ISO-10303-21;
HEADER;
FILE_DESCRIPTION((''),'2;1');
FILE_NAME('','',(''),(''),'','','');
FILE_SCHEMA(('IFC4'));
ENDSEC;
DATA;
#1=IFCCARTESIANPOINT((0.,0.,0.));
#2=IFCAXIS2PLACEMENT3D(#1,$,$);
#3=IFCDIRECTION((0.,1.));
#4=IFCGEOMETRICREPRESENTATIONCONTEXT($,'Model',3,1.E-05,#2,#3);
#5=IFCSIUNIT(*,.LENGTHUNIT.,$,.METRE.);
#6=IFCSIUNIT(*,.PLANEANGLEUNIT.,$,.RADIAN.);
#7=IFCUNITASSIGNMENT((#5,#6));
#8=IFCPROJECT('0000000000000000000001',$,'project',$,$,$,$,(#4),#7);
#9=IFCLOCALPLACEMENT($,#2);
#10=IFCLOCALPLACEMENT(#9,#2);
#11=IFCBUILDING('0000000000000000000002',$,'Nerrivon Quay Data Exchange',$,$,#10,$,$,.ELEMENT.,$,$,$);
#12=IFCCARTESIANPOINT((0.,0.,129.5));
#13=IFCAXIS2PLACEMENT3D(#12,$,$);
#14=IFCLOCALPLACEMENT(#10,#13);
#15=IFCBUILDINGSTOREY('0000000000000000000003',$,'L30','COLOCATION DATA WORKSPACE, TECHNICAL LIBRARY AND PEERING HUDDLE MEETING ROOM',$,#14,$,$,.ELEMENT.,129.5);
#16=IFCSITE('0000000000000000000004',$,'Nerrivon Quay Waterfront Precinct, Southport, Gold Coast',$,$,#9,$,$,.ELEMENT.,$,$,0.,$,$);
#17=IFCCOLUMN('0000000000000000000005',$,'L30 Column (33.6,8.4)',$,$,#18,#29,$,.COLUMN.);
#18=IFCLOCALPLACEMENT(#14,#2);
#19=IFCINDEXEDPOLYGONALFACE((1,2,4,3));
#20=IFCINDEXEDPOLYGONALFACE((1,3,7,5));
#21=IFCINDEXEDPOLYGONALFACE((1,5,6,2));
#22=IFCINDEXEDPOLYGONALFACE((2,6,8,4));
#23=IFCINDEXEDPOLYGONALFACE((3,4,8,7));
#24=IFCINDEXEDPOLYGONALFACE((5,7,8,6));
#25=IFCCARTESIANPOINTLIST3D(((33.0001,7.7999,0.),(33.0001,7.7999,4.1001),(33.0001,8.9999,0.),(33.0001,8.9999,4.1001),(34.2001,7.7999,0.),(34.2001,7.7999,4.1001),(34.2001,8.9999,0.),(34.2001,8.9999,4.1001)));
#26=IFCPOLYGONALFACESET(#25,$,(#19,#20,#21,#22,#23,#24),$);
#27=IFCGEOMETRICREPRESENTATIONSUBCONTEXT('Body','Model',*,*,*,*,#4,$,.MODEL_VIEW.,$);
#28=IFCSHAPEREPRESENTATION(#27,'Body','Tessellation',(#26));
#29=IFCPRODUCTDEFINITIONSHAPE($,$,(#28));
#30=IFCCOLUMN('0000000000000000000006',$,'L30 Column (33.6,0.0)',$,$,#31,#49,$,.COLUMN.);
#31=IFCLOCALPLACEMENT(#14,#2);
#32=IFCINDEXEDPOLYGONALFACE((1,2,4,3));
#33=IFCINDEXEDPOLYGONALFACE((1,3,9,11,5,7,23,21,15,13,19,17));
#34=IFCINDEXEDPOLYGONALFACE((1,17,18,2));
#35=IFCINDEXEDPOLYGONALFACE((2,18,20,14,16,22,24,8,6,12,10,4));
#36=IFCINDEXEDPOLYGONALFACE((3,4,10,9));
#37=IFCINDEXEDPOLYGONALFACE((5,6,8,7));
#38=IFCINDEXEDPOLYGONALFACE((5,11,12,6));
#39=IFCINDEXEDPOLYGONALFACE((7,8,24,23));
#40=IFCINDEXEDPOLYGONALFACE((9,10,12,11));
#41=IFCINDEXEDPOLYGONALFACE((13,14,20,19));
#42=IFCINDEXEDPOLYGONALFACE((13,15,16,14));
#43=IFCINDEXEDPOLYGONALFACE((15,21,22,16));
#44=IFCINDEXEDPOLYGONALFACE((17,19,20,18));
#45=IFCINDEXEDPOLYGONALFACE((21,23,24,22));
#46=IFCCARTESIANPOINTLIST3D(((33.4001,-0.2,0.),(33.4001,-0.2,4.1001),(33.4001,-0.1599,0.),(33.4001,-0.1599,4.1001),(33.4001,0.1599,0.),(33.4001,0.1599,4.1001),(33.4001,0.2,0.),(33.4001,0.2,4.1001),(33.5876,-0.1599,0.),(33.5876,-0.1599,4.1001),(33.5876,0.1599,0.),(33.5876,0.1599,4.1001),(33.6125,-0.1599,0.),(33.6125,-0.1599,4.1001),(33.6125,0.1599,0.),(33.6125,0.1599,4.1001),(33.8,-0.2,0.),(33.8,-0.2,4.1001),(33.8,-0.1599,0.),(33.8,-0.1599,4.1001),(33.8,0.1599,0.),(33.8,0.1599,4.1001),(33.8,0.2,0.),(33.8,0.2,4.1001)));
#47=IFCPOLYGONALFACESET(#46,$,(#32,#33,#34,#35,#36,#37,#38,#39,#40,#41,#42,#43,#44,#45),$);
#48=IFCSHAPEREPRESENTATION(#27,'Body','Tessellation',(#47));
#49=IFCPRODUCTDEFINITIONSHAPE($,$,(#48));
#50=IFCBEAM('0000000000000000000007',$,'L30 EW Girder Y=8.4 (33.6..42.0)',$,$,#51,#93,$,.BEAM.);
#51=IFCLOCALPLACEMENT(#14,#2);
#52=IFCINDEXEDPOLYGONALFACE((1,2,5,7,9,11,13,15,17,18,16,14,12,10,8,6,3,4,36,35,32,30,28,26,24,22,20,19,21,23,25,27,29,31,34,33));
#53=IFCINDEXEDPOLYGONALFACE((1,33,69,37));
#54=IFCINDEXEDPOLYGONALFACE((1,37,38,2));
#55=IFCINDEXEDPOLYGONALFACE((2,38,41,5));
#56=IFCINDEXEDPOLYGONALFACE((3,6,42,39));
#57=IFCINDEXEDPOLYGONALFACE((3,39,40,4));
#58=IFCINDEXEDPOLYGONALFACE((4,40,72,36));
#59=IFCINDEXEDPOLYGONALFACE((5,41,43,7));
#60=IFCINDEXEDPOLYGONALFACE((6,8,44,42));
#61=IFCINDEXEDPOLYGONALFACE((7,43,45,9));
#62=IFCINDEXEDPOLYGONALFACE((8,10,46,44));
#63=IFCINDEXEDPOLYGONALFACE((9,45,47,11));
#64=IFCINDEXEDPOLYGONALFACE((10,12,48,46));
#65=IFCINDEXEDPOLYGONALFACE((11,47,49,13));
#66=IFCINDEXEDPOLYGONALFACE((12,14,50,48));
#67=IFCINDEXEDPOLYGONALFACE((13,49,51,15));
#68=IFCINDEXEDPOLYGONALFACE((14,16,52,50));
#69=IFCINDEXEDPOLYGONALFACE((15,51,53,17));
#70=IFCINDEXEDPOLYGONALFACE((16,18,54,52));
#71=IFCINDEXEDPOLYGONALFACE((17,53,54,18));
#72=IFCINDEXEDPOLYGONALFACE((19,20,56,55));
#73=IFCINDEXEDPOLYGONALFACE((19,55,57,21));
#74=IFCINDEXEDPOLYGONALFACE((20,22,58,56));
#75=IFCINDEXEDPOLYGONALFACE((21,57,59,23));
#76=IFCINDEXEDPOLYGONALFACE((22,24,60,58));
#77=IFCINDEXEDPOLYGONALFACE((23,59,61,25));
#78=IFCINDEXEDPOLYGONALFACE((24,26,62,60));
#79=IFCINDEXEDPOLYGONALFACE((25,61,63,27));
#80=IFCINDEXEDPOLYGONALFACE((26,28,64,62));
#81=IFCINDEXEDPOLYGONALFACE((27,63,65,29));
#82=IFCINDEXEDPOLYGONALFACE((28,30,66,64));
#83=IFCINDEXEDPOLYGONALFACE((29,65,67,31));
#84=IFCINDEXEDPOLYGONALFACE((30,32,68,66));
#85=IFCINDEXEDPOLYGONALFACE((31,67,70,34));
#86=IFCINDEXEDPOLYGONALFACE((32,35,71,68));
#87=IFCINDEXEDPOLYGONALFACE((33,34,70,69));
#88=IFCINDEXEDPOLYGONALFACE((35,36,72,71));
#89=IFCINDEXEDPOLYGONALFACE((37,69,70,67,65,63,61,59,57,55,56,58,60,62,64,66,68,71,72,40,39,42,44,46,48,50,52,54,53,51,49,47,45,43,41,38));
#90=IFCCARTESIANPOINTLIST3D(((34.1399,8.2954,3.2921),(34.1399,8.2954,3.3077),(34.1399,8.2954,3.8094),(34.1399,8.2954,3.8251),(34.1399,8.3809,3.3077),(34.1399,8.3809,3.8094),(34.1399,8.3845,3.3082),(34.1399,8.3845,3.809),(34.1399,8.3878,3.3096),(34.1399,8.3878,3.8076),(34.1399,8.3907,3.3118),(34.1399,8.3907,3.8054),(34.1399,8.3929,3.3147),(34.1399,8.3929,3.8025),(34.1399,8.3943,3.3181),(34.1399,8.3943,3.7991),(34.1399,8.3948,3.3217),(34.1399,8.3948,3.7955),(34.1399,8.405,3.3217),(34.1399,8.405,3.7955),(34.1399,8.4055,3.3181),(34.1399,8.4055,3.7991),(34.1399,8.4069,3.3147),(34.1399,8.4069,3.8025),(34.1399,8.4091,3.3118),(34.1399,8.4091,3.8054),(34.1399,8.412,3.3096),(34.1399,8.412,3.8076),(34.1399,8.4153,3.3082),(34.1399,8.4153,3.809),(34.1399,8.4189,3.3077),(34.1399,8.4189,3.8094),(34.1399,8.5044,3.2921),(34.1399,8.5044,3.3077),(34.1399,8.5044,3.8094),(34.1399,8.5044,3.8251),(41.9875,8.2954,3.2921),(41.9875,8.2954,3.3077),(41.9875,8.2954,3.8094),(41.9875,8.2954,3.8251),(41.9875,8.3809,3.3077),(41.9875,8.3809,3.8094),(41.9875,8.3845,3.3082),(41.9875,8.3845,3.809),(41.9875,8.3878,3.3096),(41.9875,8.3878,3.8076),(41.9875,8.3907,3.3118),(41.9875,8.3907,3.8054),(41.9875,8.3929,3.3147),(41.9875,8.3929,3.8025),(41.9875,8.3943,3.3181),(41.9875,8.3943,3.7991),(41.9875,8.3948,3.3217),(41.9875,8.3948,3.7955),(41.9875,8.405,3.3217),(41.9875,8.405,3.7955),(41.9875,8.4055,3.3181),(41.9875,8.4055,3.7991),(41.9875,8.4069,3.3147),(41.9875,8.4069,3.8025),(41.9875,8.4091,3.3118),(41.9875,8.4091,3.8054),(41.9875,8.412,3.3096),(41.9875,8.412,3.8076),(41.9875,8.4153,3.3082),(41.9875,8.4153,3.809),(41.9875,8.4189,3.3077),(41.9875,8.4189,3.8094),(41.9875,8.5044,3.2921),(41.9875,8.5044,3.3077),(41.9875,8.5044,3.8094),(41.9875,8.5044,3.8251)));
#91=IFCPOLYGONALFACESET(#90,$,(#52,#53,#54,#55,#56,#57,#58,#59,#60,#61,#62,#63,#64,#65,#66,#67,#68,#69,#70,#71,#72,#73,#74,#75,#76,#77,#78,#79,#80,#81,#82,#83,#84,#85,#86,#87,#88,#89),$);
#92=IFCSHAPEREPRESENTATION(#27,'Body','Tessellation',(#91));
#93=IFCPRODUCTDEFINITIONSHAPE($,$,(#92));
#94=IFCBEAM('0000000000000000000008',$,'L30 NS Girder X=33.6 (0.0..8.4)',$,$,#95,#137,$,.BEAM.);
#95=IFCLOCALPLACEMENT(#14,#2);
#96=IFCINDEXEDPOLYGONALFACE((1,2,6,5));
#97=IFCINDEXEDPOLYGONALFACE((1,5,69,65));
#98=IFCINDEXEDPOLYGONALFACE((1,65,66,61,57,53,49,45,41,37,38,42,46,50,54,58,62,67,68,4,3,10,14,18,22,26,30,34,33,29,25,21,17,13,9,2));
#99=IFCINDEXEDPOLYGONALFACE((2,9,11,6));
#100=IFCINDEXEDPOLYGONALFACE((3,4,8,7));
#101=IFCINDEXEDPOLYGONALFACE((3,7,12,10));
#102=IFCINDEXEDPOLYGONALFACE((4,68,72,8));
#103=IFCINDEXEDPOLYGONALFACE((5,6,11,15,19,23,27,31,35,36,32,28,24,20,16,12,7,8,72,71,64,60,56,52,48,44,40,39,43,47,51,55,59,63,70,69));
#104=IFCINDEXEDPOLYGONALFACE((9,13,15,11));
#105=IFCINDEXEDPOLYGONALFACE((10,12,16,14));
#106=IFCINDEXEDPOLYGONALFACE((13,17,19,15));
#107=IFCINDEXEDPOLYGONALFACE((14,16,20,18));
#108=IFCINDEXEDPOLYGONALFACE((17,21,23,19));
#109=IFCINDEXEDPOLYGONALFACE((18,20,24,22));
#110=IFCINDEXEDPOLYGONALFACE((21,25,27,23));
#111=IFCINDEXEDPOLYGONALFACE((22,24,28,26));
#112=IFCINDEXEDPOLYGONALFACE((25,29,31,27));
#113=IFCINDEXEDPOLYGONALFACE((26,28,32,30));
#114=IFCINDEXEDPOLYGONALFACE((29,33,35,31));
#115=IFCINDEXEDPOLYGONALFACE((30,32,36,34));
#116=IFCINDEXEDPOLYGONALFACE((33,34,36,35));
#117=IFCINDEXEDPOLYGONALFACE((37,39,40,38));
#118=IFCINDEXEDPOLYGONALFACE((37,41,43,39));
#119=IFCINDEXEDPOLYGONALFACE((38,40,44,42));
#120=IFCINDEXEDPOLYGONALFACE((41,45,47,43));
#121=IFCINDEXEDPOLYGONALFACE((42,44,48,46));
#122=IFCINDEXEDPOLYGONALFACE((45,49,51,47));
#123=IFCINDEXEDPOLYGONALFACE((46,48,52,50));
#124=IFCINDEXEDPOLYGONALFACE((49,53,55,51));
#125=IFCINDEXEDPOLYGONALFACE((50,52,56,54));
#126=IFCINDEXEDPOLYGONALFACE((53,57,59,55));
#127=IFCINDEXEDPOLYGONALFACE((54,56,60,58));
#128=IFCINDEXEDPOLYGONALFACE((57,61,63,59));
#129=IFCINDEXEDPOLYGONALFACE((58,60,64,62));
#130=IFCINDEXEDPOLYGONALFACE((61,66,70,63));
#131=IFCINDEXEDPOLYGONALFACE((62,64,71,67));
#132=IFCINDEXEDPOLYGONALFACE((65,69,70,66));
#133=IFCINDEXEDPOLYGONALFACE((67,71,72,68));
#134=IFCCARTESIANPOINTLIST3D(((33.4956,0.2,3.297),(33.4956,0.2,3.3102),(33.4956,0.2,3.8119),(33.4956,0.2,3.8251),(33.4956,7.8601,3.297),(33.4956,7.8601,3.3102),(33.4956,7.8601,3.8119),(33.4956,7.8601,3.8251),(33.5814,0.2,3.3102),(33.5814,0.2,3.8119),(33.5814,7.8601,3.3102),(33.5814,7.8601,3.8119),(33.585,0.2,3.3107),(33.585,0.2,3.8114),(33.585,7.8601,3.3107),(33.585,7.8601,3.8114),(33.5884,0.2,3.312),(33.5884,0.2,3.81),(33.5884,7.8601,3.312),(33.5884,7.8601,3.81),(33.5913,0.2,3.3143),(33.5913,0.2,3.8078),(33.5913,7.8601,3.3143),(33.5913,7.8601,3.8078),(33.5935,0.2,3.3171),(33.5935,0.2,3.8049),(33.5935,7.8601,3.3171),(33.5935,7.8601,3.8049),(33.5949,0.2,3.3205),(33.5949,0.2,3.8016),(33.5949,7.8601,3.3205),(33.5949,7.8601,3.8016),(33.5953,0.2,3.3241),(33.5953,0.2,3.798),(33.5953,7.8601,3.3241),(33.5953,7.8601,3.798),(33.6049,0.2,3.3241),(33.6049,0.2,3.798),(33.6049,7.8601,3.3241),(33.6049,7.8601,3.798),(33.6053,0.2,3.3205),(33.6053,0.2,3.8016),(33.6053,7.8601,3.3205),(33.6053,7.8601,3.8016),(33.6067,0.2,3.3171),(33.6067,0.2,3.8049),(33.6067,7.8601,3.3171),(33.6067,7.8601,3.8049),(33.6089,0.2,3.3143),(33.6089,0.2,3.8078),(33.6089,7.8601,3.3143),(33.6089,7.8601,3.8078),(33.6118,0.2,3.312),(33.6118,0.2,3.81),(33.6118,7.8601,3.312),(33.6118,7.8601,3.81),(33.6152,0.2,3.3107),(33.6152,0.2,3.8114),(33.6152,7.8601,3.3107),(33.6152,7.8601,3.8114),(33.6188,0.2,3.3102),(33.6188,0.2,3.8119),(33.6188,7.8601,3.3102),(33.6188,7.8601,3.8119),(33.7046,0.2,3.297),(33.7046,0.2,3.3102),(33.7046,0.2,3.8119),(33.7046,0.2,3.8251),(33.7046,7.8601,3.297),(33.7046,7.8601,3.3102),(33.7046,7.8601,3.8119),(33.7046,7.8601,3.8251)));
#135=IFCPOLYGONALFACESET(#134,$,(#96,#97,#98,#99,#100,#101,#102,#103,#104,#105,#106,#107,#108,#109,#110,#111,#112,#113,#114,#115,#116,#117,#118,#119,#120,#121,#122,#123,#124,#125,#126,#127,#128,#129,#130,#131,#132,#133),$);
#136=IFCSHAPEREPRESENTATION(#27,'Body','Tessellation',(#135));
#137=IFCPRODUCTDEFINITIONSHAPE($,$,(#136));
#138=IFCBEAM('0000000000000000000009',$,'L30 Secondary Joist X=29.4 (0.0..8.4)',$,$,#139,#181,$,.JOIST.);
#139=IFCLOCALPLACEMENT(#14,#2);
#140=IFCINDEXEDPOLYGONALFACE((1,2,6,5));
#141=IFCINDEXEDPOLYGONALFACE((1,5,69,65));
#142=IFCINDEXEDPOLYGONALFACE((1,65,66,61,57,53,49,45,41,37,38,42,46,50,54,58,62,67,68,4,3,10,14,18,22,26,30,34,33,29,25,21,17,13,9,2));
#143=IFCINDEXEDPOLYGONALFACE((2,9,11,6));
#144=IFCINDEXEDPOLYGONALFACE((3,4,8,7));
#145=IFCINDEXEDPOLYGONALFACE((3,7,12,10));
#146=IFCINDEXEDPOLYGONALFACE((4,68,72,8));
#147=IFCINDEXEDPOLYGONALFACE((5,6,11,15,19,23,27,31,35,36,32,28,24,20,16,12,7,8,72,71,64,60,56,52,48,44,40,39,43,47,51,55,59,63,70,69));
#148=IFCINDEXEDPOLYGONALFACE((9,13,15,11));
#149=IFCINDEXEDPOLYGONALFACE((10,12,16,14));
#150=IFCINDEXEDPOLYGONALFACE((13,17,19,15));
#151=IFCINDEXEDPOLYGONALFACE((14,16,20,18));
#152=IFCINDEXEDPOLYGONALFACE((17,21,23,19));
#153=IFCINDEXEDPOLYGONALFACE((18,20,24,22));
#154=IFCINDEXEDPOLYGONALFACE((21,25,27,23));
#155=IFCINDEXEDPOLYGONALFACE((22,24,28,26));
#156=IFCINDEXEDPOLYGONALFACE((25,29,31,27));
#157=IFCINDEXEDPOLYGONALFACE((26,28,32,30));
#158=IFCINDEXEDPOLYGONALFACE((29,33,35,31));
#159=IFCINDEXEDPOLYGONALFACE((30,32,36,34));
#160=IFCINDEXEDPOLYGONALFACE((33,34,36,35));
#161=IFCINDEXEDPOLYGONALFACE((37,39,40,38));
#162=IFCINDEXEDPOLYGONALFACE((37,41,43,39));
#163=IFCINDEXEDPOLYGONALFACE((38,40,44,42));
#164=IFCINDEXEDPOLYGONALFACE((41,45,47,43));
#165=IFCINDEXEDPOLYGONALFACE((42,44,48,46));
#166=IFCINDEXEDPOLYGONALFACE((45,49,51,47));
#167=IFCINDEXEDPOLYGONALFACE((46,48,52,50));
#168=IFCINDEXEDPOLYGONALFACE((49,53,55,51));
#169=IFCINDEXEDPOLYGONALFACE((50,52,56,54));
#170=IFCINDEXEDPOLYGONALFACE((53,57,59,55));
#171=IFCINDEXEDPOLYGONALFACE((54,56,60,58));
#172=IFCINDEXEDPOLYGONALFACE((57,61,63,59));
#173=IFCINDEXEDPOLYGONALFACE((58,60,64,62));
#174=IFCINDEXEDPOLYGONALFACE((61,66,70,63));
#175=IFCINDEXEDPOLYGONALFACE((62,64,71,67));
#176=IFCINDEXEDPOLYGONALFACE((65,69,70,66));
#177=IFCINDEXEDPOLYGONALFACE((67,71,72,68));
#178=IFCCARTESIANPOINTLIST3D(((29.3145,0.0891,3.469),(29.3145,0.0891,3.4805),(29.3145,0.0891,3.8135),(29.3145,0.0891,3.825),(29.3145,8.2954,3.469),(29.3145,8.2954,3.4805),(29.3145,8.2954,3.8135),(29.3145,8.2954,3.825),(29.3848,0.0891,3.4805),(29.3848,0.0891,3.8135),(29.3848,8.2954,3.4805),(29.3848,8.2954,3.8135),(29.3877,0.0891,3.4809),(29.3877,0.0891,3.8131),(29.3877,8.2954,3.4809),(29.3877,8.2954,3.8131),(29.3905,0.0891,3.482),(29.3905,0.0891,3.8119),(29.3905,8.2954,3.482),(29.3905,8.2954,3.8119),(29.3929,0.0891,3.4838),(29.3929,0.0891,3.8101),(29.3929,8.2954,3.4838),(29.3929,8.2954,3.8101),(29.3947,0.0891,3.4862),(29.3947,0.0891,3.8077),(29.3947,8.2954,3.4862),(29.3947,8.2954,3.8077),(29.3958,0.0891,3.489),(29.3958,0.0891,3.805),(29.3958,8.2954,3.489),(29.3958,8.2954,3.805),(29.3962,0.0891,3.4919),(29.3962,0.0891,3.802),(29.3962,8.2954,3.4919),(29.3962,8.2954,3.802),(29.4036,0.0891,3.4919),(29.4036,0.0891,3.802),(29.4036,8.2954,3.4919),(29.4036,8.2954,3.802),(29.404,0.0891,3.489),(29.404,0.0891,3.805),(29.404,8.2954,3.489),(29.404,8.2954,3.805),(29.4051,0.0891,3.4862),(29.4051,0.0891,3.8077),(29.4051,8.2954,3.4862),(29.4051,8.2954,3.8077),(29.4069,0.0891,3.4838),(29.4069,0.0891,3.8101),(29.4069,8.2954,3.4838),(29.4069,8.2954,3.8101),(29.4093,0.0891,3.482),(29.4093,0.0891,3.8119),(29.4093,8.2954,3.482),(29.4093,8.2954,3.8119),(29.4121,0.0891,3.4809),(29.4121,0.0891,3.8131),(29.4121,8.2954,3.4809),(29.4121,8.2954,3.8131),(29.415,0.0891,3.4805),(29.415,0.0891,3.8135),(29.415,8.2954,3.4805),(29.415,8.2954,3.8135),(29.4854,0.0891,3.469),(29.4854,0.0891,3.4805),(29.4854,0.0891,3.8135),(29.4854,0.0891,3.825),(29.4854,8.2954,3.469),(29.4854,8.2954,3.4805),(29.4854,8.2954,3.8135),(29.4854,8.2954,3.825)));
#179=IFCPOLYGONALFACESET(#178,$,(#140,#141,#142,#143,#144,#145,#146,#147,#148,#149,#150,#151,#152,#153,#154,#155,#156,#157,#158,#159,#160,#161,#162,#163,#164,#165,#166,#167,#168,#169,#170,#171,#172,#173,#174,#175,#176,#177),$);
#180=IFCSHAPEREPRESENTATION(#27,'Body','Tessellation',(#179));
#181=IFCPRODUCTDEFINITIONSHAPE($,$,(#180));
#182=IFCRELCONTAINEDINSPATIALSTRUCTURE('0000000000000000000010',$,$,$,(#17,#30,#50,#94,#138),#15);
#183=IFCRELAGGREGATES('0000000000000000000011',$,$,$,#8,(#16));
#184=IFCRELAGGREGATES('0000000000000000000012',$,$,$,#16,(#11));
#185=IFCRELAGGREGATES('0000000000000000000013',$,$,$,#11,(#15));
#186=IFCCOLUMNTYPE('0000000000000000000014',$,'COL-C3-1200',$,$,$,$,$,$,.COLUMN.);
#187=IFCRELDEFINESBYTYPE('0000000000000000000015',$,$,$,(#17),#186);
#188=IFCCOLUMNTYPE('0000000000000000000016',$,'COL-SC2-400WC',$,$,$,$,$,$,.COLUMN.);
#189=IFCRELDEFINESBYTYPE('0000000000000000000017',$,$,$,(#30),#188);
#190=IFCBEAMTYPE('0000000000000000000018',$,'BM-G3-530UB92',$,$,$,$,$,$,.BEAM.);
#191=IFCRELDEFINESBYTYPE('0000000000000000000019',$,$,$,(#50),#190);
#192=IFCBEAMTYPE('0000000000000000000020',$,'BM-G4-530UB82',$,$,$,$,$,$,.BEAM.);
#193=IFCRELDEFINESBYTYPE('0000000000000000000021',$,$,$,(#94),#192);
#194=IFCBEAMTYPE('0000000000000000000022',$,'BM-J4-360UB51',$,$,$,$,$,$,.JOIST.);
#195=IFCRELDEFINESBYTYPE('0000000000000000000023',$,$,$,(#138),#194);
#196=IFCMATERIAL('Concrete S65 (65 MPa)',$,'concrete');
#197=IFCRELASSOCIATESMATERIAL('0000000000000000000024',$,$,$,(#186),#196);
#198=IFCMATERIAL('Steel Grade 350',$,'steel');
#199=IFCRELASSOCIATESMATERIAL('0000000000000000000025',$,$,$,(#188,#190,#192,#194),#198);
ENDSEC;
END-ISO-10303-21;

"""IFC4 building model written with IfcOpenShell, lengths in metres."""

from ifc_helpers import new_model, si_unit, direction, frame, origin, origin_2d, place, context, subcontext, project, spatial, rectangle, i_section, extrude, material, material_profile, profile_set, type_object, element, save


model = new_model("IFC4")

# Units and contexts
model_context = context("Model", 3, precision=1e-05, world=origin(), true_north=direction((0.0, 1.0)))
body_context = subcontext(model_context, "Body", "Model", "MODEL_VIEW")
ifc_project = project(units=[si_unit("LENGTHUNIT", "METRE"), si_unit("PLANEANGLEUNIT", "RADIAN")], contexts=[model_context])

# Site, building, storey
site_placement = place(None, origin())
site = spatial("IfcSite", under=ifc_project, at=site_placement, Name="Nerrivon Quay Waterfront Precinct, Southport, Gold Coast", CompositionType="ELEMENT", RefElevation=0.0)
building_placement = place(site_placement, origin())
building = spatial("IfcBuilding", under=site, at=building_placement, Name="Nerrivon Quay Data Exchange", CompositionType="ELEMENT")
storey_placement = place(building_placement, frame((0.0, 0.0, 129.5)))
storey = spatial("IfcBuildingStorey", under=building, at=storey_placement, Name="L30", Description="COLOCATION DATA WORKSPACE, TECHNICAL LIBRARY AND PEERING HUDDLE MEETING ROOM", CompositionType="ELEMENT", Elevation=129.5)

# Columns
ifc_material_1 = material(Name="Concrete S65 (65 MPa)", Category="concrete")
ifc_material_profile_1 = material_profile(ifc_material_1, rectangle(XDim=1.2, YDim=1.2, at=origin_2d()), Name="RC-COL-1200x1200")
ifc_profile_set_1 = profile_set([ifc_material_profile_1], Name="Concrete S65 (65 MPa)")
column_type_1 = type_object("IfcColumnType", Name="COL-C3-1200", PredefinedType="COLUMN", material=ifc_profile_set_1)
column_1_placement = place(storey_placement, frame((33.6001, 8.3999, 0.0), z_axis=(0.0, 0.0, 1.0), x_axis=(1.0, 0.0, 0.0)))
element("IfcColumn", 1, at=column_1_placement, inside=storey, type_object=column_type_1, Name="L30 Column (33.6,8.4)", PredefinedType="COLUMN", context=body_context, shape_type="SweptSolid", body=[
    extrude(rectangle(XDim=1.2, YDim=1.2, at=origin_2d()), origin(), (0.0, 0.0, 1.0), 4.1001),
])
ifc_material_2 = material(Name="Steel Grade 350", Category="steel")
ifc_material_profile_2 = material_profile(ifc_material_2, i_section(OverallWidth=0.3999, OverallDepth=0.3999, WebThickness=0.0249, FlangeThickness=0.04, at=origin_2d()), Name="400WC328")
ifc_profile_set_2 = profile_set([ifc_material_profile_2], Name="Steel Grade 350")
column_type_2 = type_object("IfcColumnType", Name="COL-SC2-400WC", PredefinedType="COLUMN", material=ifc_profile_set_2)
column_2_placement = place(storey_placement, frame((33.6001, 0.0, 0.0), z_axis=(0.0, 0.0, 1.0), x_axis=(1.0, 0.0, 0.0)))
element("IfcColumn", 2, at=column_2_placement, inside=storey, type_object=column_type_2, Name="L30 Column (33.6,0.0)", PredefinedType="COLUMN", context=body_context, shape_type="SweptSolid", body=[
    extrude(i_section(OverallWidth=0.3999, OverallDepth=0.3999, WebThickness=0.0249, FlangeThickness=0.04, at=origin_2d()), origin(), (0.0, 0.0, 1.0), 4.1001),
])

# Beams
ifc_material_profile_3 = material_profile(ifc_material_2, i_section(OverallWidth=0.209, OverallDepth=0.533, WebThickness=0.0103, FlangeThickness=0.0156, FilletRadius=0.0139, at=origin_2d()), Name="530UB92.4")
ifc_profile_set_3 = profile_set([ifc_material_profile_3], Name="Steel Grade 350")
beam_type_1 = type_object("IfcBeamType", Name="BM-G3-530UB92", PredefinedType="BEAM", material=ifc_profile_set_3)
beam_1_placement = place(storey_placement, frame((34.1399, 8.3999, 3.5586), z_axis=(1.0, 0.0, 0.0), x_axis=(0.0, 1.0, 0.0)))
element("IfcBeam", 3, at=beam_1_placement, inside=storey, type_object=beam_type_1, Name="L30 EW Girder Y=8.4 (33.6..42.0)", PredefinedType="BEAM", context=body_context, shape_type="SweptSolid", body=[
    extrude(i_section(OverallWidth=0.209, OverallDepth=0.533, WebThickness=0.0103, FlangeThickness=0.0156, FilletRadius=0.0139, at=origin_2d()), origin(), (0.0, 0.0, 1.0), 7.8477),
])
ifc_material_profile_4 = material_profile(ifc_material_2, i_section(OverallWidth=0.209, OverallDepth=0.5281, WebThickness=0.0095, FlangeThickness=0.0132, FilletRadius=0.0139, at=origin_2d()), Name="530UB82.0")
ifc_profile_set_4 = profile_set([ifc_material_profile_4], Name="Steel Grade 350")
beam_type_2 = type_object("IfcBeamType", Name="BM-G4-530UB82", PredefinedType="BEAM", material=ifc_profile_set_4)
beam_2_placement = place(storey_placement, frame((33.6001, 0.2, 3.561), z_axis=(0.0, 1.0, 0.0), x_axis=(-1.0, 0.0, 0.0)))
element("IfcBeam", 4, at=beam_2_placement, inside=storey, type_object=beam_type_2, Name="L30 NS Girder X=33.6 (0.0..8.4)", PredefinedType="BEAM", context=body_context, shape_type="SweptSolid", body=[
    extrude(i_section(OverallWidth=0.209, OverallDepth=0.5281, WebThickness=0.0095, FlangeThickness=0.0132, FilletRadius=0.0139, at=origin_2d()), origin(), (0.0, 0.0, 1.0), 7.6602),
])
ifc_material_profile_5 = material_profile(ifc_material_2, i_section(OverallWidth=0.1709, OverallDepth=0.356, WebThickness=0.0073, FlangeThickness=0.0115, FilletRadius=0.0115, at=origin_2d()), Name="360UB50.7")
ifc_profile_set_5 = profile_set([ifc_material_profile_5], Name="Steel Grade 350")
beam_type_3 = type_object("IfcBeamType", Name="BM-J4-360UB51", PredefinedType="JOIST", material=ifc_profile_set_5)
beam_3_placement = place(storey_placement, frame((29.3999, 0.0891, 3.647), z_axis=(0.0, 1.0, 0.0), x_axis=(-1.0, 0.0, 0.0)))
element("IfcBeam", 5, at=beam_3_placement, inside=storey, type_object=beam_type_3, Name="L30 Secondary Joist X=29.4 (0.0..8.4)", PredefinedType="JOIST", context=body_context, shape_type="SweptSolid", body=[
    extrude(i_section(OverallWidth=0.1709, OverallDepth=0.356, WebThickness=0.0073, FlangeThickness=0.0115, FilletRadius=0.0115, at=origin_2d()), origin(), (0.0, 0.0, 1.0), 8.2063),
])

save(model, "model.ifc")
